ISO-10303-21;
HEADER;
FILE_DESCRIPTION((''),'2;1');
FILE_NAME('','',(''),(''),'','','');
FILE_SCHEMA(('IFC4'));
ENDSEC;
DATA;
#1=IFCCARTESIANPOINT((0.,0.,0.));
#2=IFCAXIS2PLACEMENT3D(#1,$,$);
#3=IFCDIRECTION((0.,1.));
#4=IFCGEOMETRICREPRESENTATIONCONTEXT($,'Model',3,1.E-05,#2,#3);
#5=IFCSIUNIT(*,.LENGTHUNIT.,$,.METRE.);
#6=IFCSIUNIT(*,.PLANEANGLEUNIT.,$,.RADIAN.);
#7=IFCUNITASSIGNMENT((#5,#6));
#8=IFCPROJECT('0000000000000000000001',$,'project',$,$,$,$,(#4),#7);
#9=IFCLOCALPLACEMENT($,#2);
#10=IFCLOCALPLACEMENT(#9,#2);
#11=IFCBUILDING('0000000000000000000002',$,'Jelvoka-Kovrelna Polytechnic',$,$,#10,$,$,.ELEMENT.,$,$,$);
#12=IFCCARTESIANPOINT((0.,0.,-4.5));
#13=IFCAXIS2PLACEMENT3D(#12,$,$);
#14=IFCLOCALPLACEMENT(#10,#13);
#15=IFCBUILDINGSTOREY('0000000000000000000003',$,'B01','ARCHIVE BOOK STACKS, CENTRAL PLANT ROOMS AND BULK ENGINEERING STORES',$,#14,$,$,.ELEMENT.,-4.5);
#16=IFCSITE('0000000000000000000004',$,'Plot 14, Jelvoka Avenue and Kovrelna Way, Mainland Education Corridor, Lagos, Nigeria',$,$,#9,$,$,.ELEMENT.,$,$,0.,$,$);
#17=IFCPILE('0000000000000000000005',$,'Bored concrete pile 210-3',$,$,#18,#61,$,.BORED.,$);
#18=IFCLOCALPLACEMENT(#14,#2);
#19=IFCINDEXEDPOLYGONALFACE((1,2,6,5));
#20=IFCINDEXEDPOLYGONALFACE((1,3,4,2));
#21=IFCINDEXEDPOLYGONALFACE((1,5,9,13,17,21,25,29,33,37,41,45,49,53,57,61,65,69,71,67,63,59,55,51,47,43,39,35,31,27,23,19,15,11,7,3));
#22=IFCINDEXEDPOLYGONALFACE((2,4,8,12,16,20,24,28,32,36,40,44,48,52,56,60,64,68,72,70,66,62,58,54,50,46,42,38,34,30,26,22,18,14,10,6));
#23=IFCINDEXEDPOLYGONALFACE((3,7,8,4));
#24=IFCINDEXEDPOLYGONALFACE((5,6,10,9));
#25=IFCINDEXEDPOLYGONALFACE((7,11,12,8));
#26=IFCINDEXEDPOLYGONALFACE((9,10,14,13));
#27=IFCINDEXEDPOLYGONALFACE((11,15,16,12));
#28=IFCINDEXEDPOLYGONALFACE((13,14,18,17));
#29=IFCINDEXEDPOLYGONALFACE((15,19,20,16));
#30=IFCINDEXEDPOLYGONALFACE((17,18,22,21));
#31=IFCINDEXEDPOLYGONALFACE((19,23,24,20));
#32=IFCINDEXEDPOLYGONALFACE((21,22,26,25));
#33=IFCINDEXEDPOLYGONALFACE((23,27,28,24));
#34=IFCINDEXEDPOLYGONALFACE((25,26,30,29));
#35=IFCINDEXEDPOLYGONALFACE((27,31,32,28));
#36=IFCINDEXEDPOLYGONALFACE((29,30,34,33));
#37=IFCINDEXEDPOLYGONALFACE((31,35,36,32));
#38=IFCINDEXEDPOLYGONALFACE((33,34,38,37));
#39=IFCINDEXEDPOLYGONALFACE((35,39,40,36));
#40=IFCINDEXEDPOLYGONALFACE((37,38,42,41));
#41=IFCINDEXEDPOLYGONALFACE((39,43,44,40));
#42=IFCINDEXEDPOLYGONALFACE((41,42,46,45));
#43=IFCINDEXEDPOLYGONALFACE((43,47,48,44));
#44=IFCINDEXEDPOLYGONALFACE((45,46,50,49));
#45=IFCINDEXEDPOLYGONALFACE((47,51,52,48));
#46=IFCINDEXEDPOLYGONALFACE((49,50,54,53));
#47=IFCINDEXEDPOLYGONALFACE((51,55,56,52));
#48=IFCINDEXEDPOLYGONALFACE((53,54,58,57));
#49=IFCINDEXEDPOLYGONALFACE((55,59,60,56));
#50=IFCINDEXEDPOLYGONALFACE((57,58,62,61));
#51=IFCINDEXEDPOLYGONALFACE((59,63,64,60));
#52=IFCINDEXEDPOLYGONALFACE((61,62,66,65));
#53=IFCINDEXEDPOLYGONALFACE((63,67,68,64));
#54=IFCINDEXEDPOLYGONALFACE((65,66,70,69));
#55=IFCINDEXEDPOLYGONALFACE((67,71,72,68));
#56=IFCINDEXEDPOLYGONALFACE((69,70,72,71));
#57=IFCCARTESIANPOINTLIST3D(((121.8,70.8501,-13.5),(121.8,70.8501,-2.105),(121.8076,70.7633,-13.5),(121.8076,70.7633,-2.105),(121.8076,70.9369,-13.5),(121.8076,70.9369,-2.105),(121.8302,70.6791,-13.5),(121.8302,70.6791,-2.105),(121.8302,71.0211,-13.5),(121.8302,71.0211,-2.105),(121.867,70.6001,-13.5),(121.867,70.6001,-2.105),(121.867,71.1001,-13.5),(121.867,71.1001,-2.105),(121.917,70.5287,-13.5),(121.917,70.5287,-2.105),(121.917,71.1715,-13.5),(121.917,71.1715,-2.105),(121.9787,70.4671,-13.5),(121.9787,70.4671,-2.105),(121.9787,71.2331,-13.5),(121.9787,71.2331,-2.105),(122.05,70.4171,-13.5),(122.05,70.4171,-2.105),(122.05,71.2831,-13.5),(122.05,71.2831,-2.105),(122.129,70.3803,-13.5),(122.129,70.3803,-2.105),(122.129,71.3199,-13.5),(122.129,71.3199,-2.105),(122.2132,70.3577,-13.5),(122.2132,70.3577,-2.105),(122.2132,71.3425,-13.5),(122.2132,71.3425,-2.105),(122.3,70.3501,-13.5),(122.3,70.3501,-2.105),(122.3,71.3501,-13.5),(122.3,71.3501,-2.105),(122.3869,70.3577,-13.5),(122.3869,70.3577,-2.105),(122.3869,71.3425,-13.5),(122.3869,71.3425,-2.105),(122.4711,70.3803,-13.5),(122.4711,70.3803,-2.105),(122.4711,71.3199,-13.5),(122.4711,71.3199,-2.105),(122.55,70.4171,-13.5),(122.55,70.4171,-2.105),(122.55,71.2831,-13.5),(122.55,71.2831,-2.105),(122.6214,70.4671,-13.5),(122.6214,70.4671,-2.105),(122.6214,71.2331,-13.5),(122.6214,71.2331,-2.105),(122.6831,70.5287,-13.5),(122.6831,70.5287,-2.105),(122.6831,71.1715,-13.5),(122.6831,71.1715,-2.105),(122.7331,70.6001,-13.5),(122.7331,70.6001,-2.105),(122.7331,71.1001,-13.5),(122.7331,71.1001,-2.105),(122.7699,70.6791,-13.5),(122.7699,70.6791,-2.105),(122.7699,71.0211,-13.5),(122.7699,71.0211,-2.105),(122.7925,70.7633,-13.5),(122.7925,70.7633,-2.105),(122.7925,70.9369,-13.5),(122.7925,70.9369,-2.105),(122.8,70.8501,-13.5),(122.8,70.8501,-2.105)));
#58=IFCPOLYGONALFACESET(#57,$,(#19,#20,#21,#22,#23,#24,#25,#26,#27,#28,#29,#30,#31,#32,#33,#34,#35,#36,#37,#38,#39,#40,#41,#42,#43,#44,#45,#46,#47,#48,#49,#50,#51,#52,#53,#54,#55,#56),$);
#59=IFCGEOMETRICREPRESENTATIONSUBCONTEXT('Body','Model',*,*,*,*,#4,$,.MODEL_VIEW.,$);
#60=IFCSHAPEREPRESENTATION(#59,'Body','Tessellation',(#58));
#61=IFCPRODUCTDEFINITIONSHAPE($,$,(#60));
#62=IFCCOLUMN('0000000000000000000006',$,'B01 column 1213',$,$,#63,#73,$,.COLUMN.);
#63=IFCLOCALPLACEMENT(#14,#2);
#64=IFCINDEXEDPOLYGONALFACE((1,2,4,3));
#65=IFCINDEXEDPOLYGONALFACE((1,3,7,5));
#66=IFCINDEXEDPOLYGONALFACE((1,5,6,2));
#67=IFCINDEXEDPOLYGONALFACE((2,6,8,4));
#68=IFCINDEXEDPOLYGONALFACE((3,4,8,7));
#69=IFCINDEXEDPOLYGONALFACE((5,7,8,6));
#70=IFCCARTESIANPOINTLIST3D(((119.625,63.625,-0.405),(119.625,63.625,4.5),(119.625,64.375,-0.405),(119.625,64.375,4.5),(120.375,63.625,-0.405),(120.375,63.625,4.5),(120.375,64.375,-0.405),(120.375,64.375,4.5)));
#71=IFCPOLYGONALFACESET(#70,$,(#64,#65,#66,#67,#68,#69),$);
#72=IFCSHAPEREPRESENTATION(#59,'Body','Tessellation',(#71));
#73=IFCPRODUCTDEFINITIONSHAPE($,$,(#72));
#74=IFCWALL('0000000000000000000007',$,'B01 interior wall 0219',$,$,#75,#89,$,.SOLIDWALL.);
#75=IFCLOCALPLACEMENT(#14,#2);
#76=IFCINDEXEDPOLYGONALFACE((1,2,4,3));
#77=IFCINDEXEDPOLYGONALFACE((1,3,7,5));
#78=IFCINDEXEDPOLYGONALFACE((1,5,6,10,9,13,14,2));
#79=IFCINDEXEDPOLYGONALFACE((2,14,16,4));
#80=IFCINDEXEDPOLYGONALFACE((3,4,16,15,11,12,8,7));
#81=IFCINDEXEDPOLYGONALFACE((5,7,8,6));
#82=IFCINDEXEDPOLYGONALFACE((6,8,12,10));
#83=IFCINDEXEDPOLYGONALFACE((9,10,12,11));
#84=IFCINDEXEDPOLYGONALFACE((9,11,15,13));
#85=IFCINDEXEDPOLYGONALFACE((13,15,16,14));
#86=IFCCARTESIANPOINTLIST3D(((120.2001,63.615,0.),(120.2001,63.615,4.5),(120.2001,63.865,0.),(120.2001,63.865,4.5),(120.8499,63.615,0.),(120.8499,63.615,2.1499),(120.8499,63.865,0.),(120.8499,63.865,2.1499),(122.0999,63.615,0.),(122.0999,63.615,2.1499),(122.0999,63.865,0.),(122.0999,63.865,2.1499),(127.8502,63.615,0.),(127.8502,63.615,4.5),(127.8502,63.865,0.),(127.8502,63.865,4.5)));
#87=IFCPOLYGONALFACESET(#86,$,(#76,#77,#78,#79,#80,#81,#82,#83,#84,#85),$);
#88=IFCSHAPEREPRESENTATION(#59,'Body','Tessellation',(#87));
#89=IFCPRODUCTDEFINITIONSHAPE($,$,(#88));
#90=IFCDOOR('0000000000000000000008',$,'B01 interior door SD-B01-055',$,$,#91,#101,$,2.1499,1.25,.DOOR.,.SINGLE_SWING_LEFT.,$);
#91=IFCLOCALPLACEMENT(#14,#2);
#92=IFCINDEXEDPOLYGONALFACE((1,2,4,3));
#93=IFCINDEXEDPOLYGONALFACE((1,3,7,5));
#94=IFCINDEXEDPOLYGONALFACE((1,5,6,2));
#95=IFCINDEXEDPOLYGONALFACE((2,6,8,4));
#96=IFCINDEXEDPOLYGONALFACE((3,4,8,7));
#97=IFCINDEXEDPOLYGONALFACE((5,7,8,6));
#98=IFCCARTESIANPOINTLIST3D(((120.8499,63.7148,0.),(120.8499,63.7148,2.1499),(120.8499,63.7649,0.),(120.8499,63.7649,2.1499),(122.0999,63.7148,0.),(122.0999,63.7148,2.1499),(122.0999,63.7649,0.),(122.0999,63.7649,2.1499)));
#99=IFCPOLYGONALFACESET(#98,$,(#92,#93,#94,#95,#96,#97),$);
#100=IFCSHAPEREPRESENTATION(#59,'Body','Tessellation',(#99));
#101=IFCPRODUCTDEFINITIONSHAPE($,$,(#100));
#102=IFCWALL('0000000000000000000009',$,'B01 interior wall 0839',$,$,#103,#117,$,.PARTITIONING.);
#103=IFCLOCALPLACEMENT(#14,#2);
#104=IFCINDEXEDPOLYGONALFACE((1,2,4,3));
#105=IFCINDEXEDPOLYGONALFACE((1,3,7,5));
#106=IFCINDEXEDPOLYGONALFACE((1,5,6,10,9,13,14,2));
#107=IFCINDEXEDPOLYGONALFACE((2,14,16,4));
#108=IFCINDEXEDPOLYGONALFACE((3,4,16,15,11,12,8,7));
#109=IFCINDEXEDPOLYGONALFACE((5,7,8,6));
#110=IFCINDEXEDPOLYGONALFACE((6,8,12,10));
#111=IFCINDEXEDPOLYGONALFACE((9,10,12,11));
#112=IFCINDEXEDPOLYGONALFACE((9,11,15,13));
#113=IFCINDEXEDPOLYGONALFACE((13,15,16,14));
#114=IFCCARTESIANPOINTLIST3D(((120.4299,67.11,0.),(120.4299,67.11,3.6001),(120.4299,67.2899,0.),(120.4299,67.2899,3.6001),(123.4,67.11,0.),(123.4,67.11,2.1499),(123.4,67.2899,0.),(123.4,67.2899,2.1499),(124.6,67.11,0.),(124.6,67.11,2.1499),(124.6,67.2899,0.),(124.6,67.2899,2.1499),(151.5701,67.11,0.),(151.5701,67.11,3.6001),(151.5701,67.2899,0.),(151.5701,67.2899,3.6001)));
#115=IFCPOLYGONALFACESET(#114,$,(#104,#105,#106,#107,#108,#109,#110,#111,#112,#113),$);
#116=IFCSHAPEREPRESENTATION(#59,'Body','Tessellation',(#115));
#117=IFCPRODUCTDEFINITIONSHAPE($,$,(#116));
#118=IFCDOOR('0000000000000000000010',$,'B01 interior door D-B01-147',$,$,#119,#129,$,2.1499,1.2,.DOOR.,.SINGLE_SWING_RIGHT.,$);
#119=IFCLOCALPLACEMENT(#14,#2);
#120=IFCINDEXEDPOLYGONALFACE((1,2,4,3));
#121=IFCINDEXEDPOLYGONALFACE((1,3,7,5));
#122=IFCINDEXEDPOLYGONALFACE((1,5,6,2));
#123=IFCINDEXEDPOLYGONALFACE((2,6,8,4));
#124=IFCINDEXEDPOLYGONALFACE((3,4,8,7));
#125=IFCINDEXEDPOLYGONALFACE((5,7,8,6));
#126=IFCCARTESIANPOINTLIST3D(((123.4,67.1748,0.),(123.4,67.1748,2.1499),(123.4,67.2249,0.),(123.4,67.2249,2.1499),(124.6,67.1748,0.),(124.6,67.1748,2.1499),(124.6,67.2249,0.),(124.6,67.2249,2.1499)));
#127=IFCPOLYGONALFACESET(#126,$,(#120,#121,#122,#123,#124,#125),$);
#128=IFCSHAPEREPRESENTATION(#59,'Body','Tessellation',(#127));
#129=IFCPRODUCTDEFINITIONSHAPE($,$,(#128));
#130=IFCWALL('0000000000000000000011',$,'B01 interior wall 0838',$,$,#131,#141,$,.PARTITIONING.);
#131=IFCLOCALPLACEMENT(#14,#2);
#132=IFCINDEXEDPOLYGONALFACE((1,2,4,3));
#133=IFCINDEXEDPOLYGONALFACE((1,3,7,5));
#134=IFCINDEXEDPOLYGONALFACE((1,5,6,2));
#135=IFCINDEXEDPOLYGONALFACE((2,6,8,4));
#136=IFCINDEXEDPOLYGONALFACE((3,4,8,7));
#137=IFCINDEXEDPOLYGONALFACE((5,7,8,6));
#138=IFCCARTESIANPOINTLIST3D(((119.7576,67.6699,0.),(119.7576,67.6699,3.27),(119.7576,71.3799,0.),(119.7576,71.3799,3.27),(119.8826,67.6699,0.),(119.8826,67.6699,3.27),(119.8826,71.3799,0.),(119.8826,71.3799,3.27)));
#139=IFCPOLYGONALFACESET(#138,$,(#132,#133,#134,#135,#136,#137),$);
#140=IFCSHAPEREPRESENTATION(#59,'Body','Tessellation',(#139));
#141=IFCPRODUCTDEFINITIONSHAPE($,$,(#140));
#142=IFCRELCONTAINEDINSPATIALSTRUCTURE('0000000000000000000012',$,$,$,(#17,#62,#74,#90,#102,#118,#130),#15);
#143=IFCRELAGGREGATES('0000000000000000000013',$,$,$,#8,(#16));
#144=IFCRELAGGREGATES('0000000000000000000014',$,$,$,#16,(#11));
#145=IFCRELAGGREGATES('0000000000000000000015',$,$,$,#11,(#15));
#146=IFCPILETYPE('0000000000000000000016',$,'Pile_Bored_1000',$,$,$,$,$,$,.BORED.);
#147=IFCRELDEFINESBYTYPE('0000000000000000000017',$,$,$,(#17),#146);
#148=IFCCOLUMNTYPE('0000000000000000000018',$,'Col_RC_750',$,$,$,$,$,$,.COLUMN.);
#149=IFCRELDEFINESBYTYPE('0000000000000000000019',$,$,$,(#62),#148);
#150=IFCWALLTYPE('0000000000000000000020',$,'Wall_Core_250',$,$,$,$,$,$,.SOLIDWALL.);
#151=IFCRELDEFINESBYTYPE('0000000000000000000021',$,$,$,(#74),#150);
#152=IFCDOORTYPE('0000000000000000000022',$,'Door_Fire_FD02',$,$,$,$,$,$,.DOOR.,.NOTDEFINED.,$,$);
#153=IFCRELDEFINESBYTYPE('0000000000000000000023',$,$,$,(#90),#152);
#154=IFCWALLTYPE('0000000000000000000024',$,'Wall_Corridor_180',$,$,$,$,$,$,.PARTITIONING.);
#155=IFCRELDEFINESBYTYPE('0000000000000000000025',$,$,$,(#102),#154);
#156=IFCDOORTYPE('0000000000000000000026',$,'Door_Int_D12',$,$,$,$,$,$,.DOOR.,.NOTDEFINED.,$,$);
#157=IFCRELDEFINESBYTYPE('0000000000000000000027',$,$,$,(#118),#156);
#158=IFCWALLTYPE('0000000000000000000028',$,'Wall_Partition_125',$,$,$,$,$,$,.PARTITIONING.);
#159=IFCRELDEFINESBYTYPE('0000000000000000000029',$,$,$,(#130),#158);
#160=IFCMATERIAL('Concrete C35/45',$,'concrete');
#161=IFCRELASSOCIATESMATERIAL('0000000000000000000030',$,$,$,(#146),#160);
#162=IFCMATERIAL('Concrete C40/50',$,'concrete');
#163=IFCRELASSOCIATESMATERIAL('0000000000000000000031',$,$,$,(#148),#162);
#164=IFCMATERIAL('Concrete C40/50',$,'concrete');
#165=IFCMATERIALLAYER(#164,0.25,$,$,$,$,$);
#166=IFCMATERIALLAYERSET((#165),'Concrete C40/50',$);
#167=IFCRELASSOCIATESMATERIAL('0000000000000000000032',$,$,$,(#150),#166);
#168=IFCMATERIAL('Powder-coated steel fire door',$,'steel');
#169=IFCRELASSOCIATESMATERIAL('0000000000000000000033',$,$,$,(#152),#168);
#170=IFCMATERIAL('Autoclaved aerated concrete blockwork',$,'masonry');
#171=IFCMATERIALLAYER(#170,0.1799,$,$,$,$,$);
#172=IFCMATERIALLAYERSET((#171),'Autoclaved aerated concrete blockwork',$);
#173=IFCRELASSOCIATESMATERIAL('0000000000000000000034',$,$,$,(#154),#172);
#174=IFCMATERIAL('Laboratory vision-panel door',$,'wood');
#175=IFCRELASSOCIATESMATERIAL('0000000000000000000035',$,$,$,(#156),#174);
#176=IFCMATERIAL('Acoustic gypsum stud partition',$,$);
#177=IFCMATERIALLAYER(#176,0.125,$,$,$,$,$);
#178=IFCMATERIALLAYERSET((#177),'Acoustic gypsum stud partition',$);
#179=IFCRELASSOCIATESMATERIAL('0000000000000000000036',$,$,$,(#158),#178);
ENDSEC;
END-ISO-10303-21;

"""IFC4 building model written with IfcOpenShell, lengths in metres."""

from ifc_helpers import new_model, si_unit, direction, frame, frame_2d, origin, origin_2d, place, context, subcontext, project, spatial, rectangle, circle, extrude, material, layer, layer_set, material_profile, profile_set, type_object, element, fill, save


model = new_model("IFC4")

# Units and contexts
model_context = context("Model", 3, precision=1e-05, world=origin(), true_north=direction((0.0, 1.0)))
body_context = subcontext(model_context, "Body", "Model", "MODEL_VIEW")
ifc_project = project(units=[si_unit("LENGTHUNIT", "METRE"), si_unit("PLANEANGLEUNIT", "RADIAN")], contexts=[model_context])

# Site, building, storey
site_placement = place(None, origin())
site = spatial("IfcSite", under=ifc_project, at=site_placement, Name="Plot 14, Jelvoka Avenue and Kovrelna Way, Mainland Education Corridor, Lagos, Nigeria", CompositionType="ELEMENT", RefElevation=0.0)
building_placement = place(site_placement, origin())
building = spatial("IfcBuilding", under=site, at=building_placement, Name="Jelvoka-Kovrelna Polytechnic", CompositionType="ELEMENT")
storey_placement = place(building_placement, frame((0.0, 0.0, -4.5)))
storey = spatial("IfcBuildingStorey", under=building, at=storey_placement, Name="B01", Description="ARCHIVE BOOK STACKS, CENTRAL PLANT ROOMS AND BULK ENGINEERING STORES", CompositionType="ELEMENT", Elevation=-4.5)

# Pile
ifc_material_1 = material(Name="Concrete C35/45", Category="concrete")
ifc_material_profile_1 = material_profile(ifc_material_1, circle(Radius=0.5, at=origin_2d()), Name="PILE D1000")
ifc_profile_set_1 = profile_set([ifc_material_profile_1], Name="Concrete C35/45")
pile_type = type_object("IfcPileType", Name="Pile_Bored_1000", PredefinedType="BORED", material=ifc_profile_set_1)
for number, where, z_axis, x_axis, name in (
    (1, (122.3, 70.8501, -2.105), (0.0, 0.0, -1.0), (1.0, 0.0, 0.0), "Bored concrete pile 210-3"),
):
    element("IfcPile", number, at=place(storey_placement, frame(where, z_axis=z_axis, x_axis=x_axis)), inside=storey, type_object=pile_type, Name=name, PredefinedType="BORED", context=body_context, shape_type="SweptSolid", body=[
        extrude(circle(Radius=0.5, at=origin_2d()), origin(), (0.0, 0.0, 1.0), 11.395),
    ])

# Column
ifc_material_2 = material(Name="Concrete C40/50", Category="concrete")
ifc_material_profile_2 = material_profile(ifc_material_2, rectangle(XDim=0.75, YDim=0.75, at=origin_2d()), Name="RC 750x750")
ifc_profile_set_2 = profile_set([ifc_material_profile_2], Name="Concrete C40/50")
column_type = type_object("IfcColumnType", Name="Col_RC_750", PredefinedType="COLUMN", material=ifc_profile_set_2)
column_placement = place(storey_placement, frame((120.0, 64.0, -0.405), z_axis=(0.0, 0.0, 1.0), x_axis=(1.0, 0.0, 0.0)))
element("IfcColumn", 2, at=column_placement, inside=storey, type_object=column_type, Name="B01 column 1213", PredefinedType="COLUMN", context=body_context, shape_type="SweptSolid", body=[
    extrude(rectangle(XDim=0.75, YDim=0.75, at=origin_2d()), origin(), (0.0, 0.0, 1.0), 4.905),
])

# Walls, openings, doors
ifc_material_3 = material(Name="Concrete C40/50", Category="concrete")
ifc_layer_1 = layer(ifc_material_3, 0.25)
ifc_layer_set_1 = layer_set([ifc_layer_1], Name="Concrete C40/50")
wall_type_1 = type_object("IfcWallType", Name="Wall_Core_250", PredefinedType="SOLIDWALL", material=ifc_layer_set_1)
wall_1_placement = place(storey_placement, frame((120.2, 63.74, 0.0), z_axis=(0.0, 0.0, 1.0), x_axis=(1.0, 0.0, 0.0)))
wall_1 = element("IfcWall", 3, at=wall_1_placement, inside=storey, type_object=wall_type_1, Name="B01 interior wall 0219", PredefinedType="SOLIDWALL", context=body_context, shape_type="SweptSolid", body=[
    extrude(rectangle(XDim=7.6501, YDim=0.25, at=frame_2d((3.8252, 0.0))), origin(), (0.0, 0.0, 1.0), 4.5),
])
opening_1_placement = place(wall_1_placement, frame((0.6499, 0.0, 0.0)))
opening_1 = element("IfcOpeningElement", 4, at=opening_1_placement, cuts=wall_1, PredefinedType="OPENING", context=body_context, shape_type="SweptSolid", body=[
    extrude(rectangle(XDim=1.25, YDim=2.1499, at=frame_2d((0.625, 1.075))), frame((0.0, 0.135, 0.0), z_axis=(0.0, -1.0, 0.0), x_axis=(1.0, 0.0, 0.0)), (0.0, 0.0, 1.0), 0.27),
])
ifc_material_4 = material(Name="Powder-coated steel fire door", Category="steel")
door_type_1 = type_object("IfcDoorType", Name="Door_Fire_FD02", OperationType="NOTDEFINED", PredefinedType="DOOR", material=ifc_material_4)
door_1_placement = place(opening_1_placement, origin())
door_1 = element("IfcDoor", 5, at=door_1_placement, inside=storey, type_object=door_type_1, Name="B01 interior door SD-B01-055", OperationType="SINGLE_SWING_LEFT", OverallHeight=2.1499, OverallWidth=1.25, PredefinedType="DOOR", context=body_context, shape_type="SweptSolid", body=[
    extrude(rectangle(XDim=1.25, YDim=2.1499, at=frame_2d((0.625, 1.075))), frame((0.0, 0.0249, 0.0), z_axis=(0.0, -1.0, 0.0), x_axis=(1.0, 0.0, 0.0)), (0.0, 0.0, 1.0), 0.05),
])
fill(opening_1, door_1)
ifc_material_5 = material(Name="Autoclaved aerated concrete blockwork", Category="masonry")
ifc_layer_2 = layer(ifc_material_5, 0.1799)
ifc_layer_set_2 = layer_set([ifc_layer_2], Name="Autoclaved aerated concrete blockwork")
wall_type_2 = type_object("IfcWallType", Name="Wall_Corridor_180", PredefinedType="PARTITIONING", material=ifc_layer_set_2)
wall_2_placement = place(storey_placement, frame((120.4299, 67.2, 0.0), z_axis=(0.0, 0.0, 1.0), x_axis=(1.0, 0.0, 0.0)))
wall_2 = element("IfcWall", 6, at=wall_2_placement, inside=storey, type_object=wall_type_2, Name="B01 interior wall 0839", PredefinedType="PARTITIONING", context=body_context, shape_type="SweptSolid", body=[
    extrude(rectangle(XDim=31.1401, YDim=0.1799, at=frame_2d((15.5701, 0.0))), origin(), (0.0, 0.0, 1.0), 3.6001),
])
opening_2_placement = place(wall_2_placement, frame((2.97, 0.0, 0.0)))
opening_2 = element("IfcOpeningElement", 7, at=opening_2_placement, cuts=wall_2, PredefinedType="OPENING", context=body_context, shape_type="SweptSolid", body=[
    extrude(rectangle(XDim=1.2, YDim=2.1499, at=frame_2d((0.6001, 1.075))), frame((0.0, 0.0999, 0.0), z_axis=(0.0, -1.0, 0.0), x_axis=(1.0, 0.0, 0.0)), (0.0, 0.0, 1.0), 0.2),
])
ifc_material_6 = material(Name="Laboratory vision-panel door", Category="wood")
door_type_2 = type_object("IfcDoorType", Name="Door_Int_D12", OperationType="NOTDEFINED", PredefinedType="DOOR", material=ifc_material_6)
door_2_placement = place(opening_2_placement, origin())
door_2 = element("IfcDoor", 8, at=door_2_placement, inside=storey, type_object=door_type_2, Name="B01 interior door D-B01-147", OperationType="SINGLE_SWING_RIGHT", OverallHeight=2.1499, OverallWidth=1.2, PredefinedType="DOOR", context=body_context, shape_type="SweptSolid", body=[
    extrude(rectangle(XDim=1.2, YDim=2.1499, at=frame_2d((0.6001, 1.075))), frame((0.0, 0.0249, 0.0), z_axis=(0.0, -1.0, 0.0), x_axis=(1.0, 0.0, 0.0)), (0.0, 0.0, 1.0), 0.05),
])
fill(opening_2, door_2)

# Wall
ifc_material_7 = material(Name="Acoustic gypsum stud partition")
ifc_layer_3 = layer(ifc_material_7, 0.125)
ifc_layer_set_3 = layer_set([ifc_layer_3], Name="Acoustic gypsum stud partition")
wall_type_3 = type_object("IfcWallType", Name="Wall_Partition_125", PredefinedType="PARTITIONING", material=ifc_layer_set_3)
wall_3_placement = place(storey_placement, frame((119.8201, 67.6699, 0.0), z_axis=(0.0, 0.0, 1.0), x_axis=(0.0, 1.0, 0.0)))
element("IfcWall", 9, at=wall_3_placement, inside=storey, type_object=wall_type_3, Name="B01 interior wall 0838", PredefinedType="PARTITIONING", context=body_context, shape_type="SweptSolid", body=[
    extrude(rectangle(XDim=3.71, YDim=0.125, at=frame_2d((1.855, 0.0))), origin(), (0.0, 0.0, 1.0), 3.27),
])

save(model, "model.ifc")
